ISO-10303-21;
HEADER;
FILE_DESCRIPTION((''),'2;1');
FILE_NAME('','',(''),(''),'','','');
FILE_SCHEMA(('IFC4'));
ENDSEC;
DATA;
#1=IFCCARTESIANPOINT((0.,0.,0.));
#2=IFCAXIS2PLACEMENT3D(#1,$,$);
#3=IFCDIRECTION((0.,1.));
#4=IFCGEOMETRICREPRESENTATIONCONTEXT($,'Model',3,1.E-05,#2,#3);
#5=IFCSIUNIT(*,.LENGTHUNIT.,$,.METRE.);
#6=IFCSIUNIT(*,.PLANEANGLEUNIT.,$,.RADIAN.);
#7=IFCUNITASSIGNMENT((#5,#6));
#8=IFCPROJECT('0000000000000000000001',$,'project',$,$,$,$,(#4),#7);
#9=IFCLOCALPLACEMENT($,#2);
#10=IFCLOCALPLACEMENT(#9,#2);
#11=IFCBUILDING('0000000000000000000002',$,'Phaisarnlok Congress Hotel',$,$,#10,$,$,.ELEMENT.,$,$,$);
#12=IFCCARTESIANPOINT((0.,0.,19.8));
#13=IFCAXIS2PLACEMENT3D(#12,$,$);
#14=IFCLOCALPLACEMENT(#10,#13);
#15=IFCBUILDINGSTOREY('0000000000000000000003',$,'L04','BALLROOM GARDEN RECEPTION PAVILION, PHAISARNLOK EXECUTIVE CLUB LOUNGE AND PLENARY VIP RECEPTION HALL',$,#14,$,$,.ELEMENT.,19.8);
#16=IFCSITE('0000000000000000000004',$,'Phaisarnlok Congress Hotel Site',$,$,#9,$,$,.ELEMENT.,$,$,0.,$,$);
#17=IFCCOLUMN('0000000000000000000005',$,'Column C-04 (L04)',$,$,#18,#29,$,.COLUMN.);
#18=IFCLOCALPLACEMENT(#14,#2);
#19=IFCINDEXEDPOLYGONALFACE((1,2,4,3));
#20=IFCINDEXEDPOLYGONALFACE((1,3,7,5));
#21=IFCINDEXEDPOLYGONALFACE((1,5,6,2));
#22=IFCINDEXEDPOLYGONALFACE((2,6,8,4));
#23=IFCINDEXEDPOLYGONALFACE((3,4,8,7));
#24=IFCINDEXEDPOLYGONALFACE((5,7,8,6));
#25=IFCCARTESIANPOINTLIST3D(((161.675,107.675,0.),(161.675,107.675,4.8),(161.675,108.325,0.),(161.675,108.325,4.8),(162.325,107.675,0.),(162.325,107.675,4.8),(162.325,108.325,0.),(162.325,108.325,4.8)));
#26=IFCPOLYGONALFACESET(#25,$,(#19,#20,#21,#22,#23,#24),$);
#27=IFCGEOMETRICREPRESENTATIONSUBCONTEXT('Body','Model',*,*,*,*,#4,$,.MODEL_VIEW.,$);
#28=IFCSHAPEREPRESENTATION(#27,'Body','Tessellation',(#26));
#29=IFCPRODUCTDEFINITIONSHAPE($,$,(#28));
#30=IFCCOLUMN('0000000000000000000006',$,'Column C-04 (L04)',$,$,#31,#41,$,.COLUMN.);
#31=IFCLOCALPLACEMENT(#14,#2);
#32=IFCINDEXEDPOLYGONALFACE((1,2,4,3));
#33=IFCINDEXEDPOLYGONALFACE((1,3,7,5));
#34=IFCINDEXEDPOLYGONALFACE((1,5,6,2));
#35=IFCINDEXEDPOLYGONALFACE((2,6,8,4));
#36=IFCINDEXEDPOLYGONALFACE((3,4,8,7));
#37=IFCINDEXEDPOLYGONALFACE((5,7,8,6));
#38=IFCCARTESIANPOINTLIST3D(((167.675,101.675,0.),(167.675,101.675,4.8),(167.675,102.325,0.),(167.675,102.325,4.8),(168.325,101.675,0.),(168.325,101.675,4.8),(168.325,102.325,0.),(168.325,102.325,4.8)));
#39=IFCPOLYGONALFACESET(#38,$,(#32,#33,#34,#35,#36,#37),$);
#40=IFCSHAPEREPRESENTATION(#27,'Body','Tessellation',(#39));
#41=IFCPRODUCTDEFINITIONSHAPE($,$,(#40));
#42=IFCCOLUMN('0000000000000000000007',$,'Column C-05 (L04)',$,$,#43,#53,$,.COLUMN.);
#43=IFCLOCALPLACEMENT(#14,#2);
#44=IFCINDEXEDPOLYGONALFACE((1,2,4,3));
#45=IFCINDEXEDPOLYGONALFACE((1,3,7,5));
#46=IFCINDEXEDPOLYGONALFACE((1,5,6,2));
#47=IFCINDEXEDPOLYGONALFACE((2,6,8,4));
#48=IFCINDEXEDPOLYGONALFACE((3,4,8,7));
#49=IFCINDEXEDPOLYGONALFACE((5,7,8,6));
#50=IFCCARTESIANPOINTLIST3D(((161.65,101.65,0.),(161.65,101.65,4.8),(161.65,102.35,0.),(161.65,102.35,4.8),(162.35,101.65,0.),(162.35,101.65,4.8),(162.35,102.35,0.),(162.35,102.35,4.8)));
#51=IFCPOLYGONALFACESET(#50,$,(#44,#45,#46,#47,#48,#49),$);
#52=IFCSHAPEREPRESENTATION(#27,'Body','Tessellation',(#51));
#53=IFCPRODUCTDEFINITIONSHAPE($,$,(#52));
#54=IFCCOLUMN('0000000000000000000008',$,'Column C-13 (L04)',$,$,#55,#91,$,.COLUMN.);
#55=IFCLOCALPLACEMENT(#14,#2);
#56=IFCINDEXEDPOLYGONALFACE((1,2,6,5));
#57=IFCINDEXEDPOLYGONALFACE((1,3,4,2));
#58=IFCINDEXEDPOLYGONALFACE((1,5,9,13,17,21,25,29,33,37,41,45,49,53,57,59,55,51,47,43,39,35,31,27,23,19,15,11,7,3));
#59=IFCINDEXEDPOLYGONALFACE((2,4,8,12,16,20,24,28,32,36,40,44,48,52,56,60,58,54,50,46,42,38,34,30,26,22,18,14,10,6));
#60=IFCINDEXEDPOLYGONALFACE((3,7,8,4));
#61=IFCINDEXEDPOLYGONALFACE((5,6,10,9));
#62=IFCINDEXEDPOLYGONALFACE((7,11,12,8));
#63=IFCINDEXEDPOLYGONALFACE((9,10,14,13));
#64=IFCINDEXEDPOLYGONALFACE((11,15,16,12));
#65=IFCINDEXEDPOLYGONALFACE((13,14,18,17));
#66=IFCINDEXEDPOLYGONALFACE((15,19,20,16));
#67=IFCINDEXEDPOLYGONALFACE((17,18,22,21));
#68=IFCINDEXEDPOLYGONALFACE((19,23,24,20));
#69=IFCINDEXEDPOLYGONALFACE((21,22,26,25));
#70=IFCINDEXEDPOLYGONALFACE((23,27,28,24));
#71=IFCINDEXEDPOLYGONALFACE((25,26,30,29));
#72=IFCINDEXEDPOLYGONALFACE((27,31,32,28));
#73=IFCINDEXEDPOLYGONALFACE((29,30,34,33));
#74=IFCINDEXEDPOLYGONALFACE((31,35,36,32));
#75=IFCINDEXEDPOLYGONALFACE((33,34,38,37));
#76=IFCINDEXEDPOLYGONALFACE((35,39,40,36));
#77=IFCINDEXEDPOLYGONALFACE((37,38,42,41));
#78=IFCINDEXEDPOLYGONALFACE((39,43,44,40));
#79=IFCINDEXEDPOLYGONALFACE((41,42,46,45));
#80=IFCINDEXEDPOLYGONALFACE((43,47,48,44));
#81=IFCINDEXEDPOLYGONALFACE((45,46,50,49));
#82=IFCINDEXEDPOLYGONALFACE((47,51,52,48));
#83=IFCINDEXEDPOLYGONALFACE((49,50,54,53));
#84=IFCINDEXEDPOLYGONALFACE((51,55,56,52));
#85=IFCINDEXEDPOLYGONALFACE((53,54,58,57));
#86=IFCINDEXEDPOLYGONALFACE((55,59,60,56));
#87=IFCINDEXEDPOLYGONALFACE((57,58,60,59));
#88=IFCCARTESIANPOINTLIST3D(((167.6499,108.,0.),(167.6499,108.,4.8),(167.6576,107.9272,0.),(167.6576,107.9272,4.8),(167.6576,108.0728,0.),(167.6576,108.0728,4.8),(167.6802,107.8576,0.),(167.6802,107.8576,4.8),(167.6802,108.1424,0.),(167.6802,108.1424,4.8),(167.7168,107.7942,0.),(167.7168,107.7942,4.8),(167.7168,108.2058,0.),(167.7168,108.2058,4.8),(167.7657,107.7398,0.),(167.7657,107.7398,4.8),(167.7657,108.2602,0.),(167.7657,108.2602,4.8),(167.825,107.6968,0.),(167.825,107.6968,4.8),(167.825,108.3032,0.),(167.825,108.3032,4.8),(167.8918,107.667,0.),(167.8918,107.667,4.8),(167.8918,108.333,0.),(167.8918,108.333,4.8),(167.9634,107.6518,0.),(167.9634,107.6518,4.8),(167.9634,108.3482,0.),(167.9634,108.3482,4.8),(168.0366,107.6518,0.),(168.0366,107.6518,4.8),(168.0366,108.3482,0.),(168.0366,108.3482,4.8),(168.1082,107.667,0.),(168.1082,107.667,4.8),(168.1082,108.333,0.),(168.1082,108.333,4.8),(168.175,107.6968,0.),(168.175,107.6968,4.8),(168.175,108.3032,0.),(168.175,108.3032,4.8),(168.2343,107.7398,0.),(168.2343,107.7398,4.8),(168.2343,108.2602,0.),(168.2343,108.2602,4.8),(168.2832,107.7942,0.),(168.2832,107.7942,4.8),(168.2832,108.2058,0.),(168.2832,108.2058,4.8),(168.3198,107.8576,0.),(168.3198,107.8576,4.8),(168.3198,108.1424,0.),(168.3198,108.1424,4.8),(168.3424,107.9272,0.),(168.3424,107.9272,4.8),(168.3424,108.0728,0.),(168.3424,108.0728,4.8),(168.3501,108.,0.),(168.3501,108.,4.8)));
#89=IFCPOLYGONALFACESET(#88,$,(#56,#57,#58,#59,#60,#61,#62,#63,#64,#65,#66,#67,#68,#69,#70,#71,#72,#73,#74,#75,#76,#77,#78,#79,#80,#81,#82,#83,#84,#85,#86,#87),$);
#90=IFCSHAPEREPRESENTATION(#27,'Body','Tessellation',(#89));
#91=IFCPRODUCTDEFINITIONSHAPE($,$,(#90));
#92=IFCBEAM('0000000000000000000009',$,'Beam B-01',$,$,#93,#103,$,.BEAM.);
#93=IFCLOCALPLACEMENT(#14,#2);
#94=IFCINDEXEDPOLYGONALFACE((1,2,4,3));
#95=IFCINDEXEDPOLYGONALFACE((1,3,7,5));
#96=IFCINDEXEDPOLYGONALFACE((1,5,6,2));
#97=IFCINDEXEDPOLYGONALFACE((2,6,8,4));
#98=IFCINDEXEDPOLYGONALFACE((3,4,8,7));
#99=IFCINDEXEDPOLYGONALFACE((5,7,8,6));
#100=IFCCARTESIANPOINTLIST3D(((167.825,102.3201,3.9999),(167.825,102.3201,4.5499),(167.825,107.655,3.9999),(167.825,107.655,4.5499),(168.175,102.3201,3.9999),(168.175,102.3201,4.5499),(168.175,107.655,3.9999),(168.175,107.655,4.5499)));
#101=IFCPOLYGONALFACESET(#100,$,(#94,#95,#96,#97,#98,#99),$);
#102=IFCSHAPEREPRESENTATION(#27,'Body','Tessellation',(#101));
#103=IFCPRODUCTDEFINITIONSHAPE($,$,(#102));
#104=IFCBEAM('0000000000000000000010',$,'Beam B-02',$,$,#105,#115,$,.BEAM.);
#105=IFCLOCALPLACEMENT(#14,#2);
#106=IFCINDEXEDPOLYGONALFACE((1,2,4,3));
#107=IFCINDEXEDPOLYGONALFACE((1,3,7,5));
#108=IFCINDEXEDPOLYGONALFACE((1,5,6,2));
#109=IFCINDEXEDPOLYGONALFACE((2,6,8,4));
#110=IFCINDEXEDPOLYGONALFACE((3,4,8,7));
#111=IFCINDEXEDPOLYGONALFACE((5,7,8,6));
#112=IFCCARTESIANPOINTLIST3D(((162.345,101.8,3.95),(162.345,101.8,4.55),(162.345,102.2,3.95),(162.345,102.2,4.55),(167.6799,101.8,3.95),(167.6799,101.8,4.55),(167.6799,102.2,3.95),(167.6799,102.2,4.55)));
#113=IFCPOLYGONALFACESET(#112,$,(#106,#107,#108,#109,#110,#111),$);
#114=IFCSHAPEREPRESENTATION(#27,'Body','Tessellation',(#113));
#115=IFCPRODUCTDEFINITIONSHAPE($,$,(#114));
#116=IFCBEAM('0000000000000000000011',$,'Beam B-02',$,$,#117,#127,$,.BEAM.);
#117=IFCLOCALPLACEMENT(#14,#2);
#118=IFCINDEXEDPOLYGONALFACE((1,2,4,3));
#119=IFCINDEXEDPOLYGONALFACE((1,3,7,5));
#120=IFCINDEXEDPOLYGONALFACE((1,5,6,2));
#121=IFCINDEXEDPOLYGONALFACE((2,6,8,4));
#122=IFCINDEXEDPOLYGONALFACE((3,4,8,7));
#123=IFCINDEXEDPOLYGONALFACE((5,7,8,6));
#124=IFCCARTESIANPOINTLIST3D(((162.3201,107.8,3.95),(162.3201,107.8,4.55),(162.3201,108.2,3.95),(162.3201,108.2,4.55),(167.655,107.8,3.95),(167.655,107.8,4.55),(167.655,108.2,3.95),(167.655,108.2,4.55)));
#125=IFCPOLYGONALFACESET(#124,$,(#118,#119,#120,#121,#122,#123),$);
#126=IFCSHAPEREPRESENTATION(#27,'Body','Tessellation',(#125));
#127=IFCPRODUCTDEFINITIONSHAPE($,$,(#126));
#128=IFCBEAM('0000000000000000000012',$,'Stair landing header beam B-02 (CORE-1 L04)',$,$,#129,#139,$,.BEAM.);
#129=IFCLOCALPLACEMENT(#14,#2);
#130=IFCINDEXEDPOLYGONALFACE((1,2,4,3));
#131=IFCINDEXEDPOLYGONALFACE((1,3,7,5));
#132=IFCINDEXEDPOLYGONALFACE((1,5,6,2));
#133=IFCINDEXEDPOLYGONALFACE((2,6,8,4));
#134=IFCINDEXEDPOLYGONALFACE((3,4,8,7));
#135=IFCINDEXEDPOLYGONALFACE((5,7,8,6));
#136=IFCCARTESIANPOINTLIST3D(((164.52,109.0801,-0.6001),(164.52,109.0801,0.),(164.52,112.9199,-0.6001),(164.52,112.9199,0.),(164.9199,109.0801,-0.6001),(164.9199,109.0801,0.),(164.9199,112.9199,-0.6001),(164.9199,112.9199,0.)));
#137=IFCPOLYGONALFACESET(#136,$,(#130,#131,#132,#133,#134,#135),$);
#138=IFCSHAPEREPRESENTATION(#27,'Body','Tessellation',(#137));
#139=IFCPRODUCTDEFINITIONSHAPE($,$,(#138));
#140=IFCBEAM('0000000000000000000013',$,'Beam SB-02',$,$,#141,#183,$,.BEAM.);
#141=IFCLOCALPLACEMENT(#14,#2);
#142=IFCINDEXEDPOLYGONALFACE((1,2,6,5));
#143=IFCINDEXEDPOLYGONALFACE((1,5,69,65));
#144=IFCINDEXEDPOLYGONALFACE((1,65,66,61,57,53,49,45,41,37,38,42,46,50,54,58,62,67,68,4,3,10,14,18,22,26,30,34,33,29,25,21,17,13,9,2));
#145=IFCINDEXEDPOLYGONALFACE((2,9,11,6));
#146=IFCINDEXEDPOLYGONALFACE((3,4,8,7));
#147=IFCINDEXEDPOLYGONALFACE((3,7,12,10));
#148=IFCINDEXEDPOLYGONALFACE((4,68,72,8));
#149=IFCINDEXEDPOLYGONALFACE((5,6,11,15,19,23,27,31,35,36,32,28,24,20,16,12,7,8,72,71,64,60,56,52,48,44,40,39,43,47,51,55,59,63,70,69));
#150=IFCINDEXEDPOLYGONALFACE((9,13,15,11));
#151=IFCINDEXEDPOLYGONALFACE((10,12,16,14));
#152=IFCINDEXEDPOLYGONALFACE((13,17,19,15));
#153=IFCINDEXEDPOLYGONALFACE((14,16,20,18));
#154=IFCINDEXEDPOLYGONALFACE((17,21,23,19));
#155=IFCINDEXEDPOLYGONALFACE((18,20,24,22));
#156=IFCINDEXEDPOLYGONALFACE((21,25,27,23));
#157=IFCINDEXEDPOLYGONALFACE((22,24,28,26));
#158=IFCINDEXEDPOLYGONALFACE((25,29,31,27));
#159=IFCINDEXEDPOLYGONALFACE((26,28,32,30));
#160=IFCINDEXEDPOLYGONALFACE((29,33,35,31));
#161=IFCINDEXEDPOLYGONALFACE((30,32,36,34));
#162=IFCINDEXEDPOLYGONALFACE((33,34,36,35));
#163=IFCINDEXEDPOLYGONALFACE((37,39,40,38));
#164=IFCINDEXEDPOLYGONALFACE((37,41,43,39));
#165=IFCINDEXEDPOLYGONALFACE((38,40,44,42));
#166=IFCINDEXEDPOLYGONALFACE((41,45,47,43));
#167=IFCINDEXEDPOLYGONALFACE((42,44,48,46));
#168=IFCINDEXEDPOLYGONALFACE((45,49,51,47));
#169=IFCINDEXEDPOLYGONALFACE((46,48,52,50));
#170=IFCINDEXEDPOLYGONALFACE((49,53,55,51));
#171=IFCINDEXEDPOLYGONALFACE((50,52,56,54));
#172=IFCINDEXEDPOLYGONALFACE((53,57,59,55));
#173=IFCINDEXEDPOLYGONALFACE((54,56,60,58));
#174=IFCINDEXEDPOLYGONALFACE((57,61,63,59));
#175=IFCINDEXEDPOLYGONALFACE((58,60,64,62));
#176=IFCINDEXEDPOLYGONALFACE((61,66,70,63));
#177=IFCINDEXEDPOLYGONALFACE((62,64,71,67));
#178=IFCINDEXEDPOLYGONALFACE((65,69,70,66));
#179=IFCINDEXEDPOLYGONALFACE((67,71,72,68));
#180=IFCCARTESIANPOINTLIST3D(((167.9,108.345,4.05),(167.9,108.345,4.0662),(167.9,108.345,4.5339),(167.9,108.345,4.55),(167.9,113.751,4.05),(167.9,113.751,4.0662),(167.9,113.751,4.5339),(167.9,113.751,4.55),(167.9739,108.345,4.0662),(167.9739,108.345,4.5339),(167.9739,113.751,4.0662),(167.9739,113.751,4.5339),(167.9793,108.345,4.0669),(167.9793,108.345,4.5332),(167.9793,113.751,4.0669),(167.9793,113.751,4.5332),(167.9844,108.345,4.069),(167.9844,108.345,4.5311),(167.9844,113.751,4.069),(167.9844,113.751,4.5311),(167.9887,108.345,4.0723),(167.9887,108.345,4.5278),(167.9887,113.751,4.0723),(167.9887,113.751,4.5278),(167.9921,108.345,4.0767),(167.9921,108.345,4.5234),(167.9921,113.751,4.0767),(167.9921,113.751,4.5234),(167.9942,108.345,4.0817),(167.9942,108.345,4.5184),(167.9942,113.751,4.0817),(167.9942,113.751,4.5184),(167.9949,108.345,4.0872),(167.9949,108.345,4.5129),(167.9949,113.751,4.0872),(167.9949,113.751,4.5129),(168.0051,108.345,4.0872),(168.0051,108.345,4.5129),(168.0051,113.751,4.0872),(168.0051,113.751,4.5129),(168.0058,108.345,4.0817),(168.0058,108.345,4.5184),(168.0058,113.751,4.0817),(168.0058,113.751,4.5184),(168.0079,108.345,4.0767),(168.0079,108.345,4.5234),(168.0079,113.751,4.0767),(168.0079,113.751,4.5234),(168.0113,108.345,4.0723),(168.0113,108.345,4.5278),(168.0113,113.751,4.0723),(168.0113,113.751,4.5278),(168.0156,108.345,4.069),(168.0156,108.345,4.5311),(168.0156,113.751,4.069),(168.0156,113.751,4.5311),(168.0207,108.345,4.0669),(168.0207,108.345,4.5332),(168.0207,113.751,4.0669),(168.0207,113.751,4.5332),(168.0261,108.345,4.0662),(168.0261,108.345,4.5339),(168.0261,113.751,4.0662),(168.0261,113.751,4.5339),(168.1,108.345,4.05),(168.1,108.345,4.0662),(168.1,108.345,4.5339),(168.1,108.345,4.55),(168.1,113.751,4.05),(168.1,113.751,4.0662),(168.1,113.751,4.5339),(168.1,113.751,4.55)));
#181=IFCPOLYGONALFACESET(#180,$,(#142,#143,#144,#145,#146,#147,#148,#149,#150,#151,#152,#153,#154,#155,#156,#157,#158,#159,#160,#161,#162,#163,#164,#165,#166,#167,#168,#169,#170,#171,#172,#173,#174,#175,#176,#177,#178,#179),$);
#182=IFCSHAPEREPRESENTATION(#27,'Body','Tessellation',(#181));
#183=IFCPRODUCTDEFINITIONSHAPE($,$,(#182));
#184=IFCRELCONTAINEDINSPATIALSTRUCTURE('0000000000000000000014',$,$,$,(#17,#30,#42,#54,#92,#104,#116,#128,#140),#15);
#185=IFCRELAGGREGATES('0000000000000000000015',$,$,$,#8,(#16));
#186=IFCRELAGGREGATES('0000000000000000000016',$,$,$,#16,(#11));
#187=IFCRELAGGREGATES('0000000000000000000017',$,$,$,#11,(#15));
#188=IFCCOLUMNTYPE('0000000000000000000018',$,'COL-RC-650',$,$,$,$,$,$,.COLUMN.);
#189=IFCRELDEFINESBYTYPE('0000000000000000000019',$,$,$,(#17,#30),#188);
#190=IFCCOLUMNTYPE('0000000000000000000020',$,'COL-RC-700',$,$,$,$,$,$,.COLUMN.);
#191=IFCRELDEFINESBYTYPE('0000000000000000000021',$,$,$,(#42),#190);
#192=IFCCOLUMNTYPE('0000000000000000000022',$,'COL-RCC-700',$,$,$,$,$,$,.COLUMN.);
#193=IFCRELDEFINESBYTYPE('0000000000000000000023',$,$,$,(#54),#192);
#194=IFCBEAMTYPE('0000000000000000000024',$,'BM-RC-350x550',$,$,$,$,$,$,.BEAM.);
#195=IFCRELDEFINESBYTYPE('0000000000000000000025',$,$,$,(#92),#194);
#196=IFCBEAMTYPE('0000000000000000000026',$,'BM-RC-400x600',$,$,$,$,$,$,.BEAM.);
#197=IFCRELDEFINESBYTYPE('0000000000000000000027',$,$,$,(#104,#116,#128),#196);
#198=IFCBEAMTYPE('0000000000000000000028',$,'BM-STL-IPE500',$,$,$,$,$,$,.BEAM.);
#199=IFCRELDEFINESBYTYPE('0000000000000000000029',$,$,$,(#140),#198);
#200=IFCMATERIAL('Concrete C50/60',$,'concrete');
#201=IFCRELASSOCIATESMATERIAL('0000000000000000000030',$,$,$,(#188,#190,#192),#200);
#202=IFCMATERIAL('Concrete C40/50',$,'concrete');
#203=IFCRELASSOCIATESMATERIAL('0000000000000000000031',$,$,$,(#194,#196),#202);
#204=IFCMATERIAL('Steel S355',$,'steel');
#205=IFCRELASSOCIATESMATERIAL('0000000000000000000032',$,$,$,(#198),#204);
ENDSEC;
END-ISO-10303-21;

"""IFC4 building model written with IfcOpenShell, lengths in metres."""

from ifc_helpers import new_model, si_unit, direction, frame, origin, origin_2d, place, context, subcontext, project, spatial, rectangle, circle, i_section, extrude, material, material_profile, profile_set, type_object, element, save


model = new_model("IFC4")

# Units and contexts
model_context = context("Model", 3, precision=1e-05, world=origin(), true_north=direction((0.0, 1.0)))
body_context = subcontext(model_context, "Body", "Model", "MODEL_VIEW")
ifc_project = project(units=[si_unit("LENGTHUNIT", "METRE"), si_unit("PLANEANGLEUNIT", "RADIAN")], contexts=[model_context])

# Site, building, storey
site_placement = place(None, origin())
site = spatial("IfcSite", under=ifc_project, at=site_placement, Name="Phaisarnlok Congress Hotel Site", CompositionType="ELEMENT", RefElevation=0.0)
building_placement = place(site_placement, origin())
building = spatial("IfcBuilding", under=site, at=building_placement, Name="Phaisarnlok Congress Hotel", CompositionType="ELEMENT")
storey_placement = place(building_placement, frame((0.0, 0.0, 19.8)))
storey = spatial("IfcBuildingStorey", under=building, at=storey_placement, Name="L04", Description="BALLROOM GARDEN RECEPTION PAVILION, PHAISARNLOK EXECUTIVE CLUB LOUNGE AND PLENARY VIP RECEPTION HALL", CompositionType="ELEMENT", Elevation=19.8)

# Columns
ifc_material_1 = material(Name="Concrete C50/60", Category="concrete")
ifc_material_profile_1 = material_profile(ifc_material_1, rectangle(XDim=0.6499, YDim=0.6499, at=origin_2d()), Name="RC 650x650")
ifc_profile_set_1 = profile_set([ifc_material_profile_1], Name="Concrete C50/60")
column_type_1 = type_object("IfcColumnType", Name="COL-RC-650", PredefinedType="COLUMN", material=ifc_profile_set_1)
for number, where, z_axis, x_axis, name in (
    (1, (162.0, 108.0, 0.0), (0.0, 0.0, 1.0), (1.0, 0.0, 0.0), "Column C-04 (L04)"),
    (2, (168.0, 102.0, 0.0), (0.0, 0.0, 1.0), (1.0, 0.0, 0.0), "Column C-04 (L04)"),
):
    element("IfcColumn", number, at=place(storey_placement, frame(where, z_axis=z_axis, x_axis=x_axis)), inside=storey, type_object=column_type_1, Name=name, PredefinedType="COLUMN", context=body_context, shape_type="SweptSolid", body=[
        extrude(rectangle(XDim=0.6499, YDim=0.6499, at=origin_2d()), origin(), (0.0, 0.0, 1.0), 4.8),
    ])
ifc_material_profile_2 = material_profile(ifc_material_1, rectangle(XDim=0.7, YDim=0.7, at=origin_2d()), Name="RC 700x700")
ifc_profile_set_2 = profile_set([ifc_material_profile_2], Name="Concrete C50/60")
column_type_2 = type_object("IfcColumnType", Name="COL-RC-700", PredefinedType="COLUMN", material=ifc_profile_set_2)
column_1_placement = place(storey_placement, frame((162.0, 102.0, 0.0), z_axis=(0.0, 0.0, 1.0), x_axis=(1.0, 0.0, 0.0)))
element("IfcColumn", 3, at=column_1_placement, inside=storey, type_object=column_type_2, Name="Column C-05 (L04)", PredefinedType="COLUMN", context=body_context, shape_type="SweptSolid", body=[
    extrude(rectangle(XDim=0.7, YDim=0.7, at=origin_2d()), origin(), (0.0, 0.0, 1.0), 4.8),
])
ifc_material_profile_3 = material_profile(ifc_material_1, circle(Radius=0.3501, at=origin_2d()), Name="RCC D700")
ifc_profile_set_3 = profile_set([ifc_material_profile_3], Name="Concrete C50/60")
column_type_3 = type_object("IfcColumnType", Name="COL-RCC-700", PredefinedType="COLUMN", material=ifc_profile_set_3)
column_2_placement = place(storey_placement, frame((168.0, 108.0, 0.0), z_axis=(0.0, 0.0, 1.0), x_axis=(1.0, 0.0, 0.0)))
element("IfcColumn", 4, at=column_2_placement, inside=storey, type_object=column_type_3, Name="Column C-13 (L04)", PredefinedType="COLUMN", context=body_context, shape_type="SweptSolid", body=[
    extrude(circle(Radius=0.3501, at=origin_2d()), origin(), (0.0, 0.0, 1.0), 4.8),
])

# Beams
ifc_material_2 = material(Name="Concrete C40/50", Category="concrete")
ifc_material_profile_4 = material_profile(ifc_material_2, rectangle(XDim=0.3501, YDim=0.55, at=origin_2d()), Name="RC 350x550")
ifc_profile_set_4 = profile_set([ifc_material_profile_4], Name="Concrete C40/50")
beam_type_1 = type_object("IfcBeamType", Name="BM-RC-350x550", PredefinedType="BEAM", material=ifc_profile_set_4)
beam_1_placement = place(storey_placement, frame((168.0, 102.3201, 4.2749), z_axis=(0.0, 1.0, 0.0), x_axis=(-1.0, 0.0, 0.0)))
element("IfcBeam", 5, at=beam_1_placement, inside=storey, type_object=beam_type_1, Name="Beam B-01", PredefinedType="BEAM", context=body_context, shape_type="SweptSolid", body=[
    extrude(rectangle(XDim=0.3501, YDim=0.55, at=origin_2d()), origin(), (0.0, 0.0, 1.0), 5.335),
])
ifc_material_profile_5 = material_profile(ifc_material_2, rectangle(XDim=0.3999, YDim=0.6001, at=origin_2d()), Name="RC 400x600")
ifc_profile_set_5 = profile_set([ifc_material_profile_5], Name="Concrete C40/50")
beam_type_2 = type_object("IfcBeamType", Name="BM-RC-400x600", PredefinedType="BEAM", material=ifc_profile_set_5)
for number, where, z_axis, x_axis, name in (
    (6, (162.345, 102.0, 4.25), (1.0, 0.0, 0.0), (0.0, 1.0, 0.0), "Beam B-02"),
    (7, (162.3201, 108.0, 4.25), (1.0, 0.0, 0.0), (0.0, 1.0, 0.0), "Beam B-02"),
):
    element("IfcBeam", number, at=place(storey_placement, frame(where, z_axis=z_axis, x_axis=x_axis)), inside=storey, type_object=beam_type_2, Name=name, PredefinedType="BEAM", context=body_context, shape_type="SweptSolid", body=[
        extrude(rectangle(XDim=0.3999, YDim=0.6001, at=origin_2d()), origin(), (0.0, 0.0, 1.0), 5.335),
    ])
beam_2_placement = place(storey_placement, frame((164.72, 109.0801, -0.3), z_axis=(0.0, 1.0, 0.0), x_axis=(-1.0, 0.0, 0.0)))
element("IfcBeam", 8, at=beam_2_placement, inside=storey, type_object=beam_type_2, Name="Stair landing header beam B-02 (CORE-1 L04)", PredefinedType="BEAM", context=body_context, shape_type="SweptSolid", body=[
    extrude(rectangle(XDim=0.3999, YDim=0.6001, at=origin_2d()), origin(), (0.0, 0.0, 1.0), 3.8398),
])
ifc_material_3 = material(Name="Steel S355", Category="steel")
ifc_material_profile_6 = material_profile(ifc_material_3, i_section(OverallWidth=0.2, OverallDepth=0.5, WebThickness=0.0103, FlangeThickness=0.0161, FilletRadius=0.021, at=origin_2d()), Name="IPE 500")
ifc_profile_set_6 = profile_set([ifc_material_profile_6], Name="Steel S355")
beam_type_3 = type_object("IfcBeamType", Name="BM-STL-IPE500", PredefinedType="BEAM", material=ifc_profile_set_6)
beam_3_placement = place(storey_placement, frame((168.0, 108.345, 4.3), z_axis=(0.0, 1.0, 0.0), x_axis=(-1.0, 0.0, 0.0)))
element("IfcBeam", 9, at=beam_3_placement, inside=storey, type_object=beam_type_3, Name="Beam SB-02", PredefinedType="BEAM", context=body_context, shape_type="SweptSolid", body=[
    extrude(i_section(OverallWidth=0.2, OverallDepth=0.5, WebThickness=0.0103, FlangeThickness=0.0161, FilletRadius=0.021, at=origin_2d()), origin(), (0.0, 0.0, 1.0), 5.406),
])

save(model, "model.ifc")
